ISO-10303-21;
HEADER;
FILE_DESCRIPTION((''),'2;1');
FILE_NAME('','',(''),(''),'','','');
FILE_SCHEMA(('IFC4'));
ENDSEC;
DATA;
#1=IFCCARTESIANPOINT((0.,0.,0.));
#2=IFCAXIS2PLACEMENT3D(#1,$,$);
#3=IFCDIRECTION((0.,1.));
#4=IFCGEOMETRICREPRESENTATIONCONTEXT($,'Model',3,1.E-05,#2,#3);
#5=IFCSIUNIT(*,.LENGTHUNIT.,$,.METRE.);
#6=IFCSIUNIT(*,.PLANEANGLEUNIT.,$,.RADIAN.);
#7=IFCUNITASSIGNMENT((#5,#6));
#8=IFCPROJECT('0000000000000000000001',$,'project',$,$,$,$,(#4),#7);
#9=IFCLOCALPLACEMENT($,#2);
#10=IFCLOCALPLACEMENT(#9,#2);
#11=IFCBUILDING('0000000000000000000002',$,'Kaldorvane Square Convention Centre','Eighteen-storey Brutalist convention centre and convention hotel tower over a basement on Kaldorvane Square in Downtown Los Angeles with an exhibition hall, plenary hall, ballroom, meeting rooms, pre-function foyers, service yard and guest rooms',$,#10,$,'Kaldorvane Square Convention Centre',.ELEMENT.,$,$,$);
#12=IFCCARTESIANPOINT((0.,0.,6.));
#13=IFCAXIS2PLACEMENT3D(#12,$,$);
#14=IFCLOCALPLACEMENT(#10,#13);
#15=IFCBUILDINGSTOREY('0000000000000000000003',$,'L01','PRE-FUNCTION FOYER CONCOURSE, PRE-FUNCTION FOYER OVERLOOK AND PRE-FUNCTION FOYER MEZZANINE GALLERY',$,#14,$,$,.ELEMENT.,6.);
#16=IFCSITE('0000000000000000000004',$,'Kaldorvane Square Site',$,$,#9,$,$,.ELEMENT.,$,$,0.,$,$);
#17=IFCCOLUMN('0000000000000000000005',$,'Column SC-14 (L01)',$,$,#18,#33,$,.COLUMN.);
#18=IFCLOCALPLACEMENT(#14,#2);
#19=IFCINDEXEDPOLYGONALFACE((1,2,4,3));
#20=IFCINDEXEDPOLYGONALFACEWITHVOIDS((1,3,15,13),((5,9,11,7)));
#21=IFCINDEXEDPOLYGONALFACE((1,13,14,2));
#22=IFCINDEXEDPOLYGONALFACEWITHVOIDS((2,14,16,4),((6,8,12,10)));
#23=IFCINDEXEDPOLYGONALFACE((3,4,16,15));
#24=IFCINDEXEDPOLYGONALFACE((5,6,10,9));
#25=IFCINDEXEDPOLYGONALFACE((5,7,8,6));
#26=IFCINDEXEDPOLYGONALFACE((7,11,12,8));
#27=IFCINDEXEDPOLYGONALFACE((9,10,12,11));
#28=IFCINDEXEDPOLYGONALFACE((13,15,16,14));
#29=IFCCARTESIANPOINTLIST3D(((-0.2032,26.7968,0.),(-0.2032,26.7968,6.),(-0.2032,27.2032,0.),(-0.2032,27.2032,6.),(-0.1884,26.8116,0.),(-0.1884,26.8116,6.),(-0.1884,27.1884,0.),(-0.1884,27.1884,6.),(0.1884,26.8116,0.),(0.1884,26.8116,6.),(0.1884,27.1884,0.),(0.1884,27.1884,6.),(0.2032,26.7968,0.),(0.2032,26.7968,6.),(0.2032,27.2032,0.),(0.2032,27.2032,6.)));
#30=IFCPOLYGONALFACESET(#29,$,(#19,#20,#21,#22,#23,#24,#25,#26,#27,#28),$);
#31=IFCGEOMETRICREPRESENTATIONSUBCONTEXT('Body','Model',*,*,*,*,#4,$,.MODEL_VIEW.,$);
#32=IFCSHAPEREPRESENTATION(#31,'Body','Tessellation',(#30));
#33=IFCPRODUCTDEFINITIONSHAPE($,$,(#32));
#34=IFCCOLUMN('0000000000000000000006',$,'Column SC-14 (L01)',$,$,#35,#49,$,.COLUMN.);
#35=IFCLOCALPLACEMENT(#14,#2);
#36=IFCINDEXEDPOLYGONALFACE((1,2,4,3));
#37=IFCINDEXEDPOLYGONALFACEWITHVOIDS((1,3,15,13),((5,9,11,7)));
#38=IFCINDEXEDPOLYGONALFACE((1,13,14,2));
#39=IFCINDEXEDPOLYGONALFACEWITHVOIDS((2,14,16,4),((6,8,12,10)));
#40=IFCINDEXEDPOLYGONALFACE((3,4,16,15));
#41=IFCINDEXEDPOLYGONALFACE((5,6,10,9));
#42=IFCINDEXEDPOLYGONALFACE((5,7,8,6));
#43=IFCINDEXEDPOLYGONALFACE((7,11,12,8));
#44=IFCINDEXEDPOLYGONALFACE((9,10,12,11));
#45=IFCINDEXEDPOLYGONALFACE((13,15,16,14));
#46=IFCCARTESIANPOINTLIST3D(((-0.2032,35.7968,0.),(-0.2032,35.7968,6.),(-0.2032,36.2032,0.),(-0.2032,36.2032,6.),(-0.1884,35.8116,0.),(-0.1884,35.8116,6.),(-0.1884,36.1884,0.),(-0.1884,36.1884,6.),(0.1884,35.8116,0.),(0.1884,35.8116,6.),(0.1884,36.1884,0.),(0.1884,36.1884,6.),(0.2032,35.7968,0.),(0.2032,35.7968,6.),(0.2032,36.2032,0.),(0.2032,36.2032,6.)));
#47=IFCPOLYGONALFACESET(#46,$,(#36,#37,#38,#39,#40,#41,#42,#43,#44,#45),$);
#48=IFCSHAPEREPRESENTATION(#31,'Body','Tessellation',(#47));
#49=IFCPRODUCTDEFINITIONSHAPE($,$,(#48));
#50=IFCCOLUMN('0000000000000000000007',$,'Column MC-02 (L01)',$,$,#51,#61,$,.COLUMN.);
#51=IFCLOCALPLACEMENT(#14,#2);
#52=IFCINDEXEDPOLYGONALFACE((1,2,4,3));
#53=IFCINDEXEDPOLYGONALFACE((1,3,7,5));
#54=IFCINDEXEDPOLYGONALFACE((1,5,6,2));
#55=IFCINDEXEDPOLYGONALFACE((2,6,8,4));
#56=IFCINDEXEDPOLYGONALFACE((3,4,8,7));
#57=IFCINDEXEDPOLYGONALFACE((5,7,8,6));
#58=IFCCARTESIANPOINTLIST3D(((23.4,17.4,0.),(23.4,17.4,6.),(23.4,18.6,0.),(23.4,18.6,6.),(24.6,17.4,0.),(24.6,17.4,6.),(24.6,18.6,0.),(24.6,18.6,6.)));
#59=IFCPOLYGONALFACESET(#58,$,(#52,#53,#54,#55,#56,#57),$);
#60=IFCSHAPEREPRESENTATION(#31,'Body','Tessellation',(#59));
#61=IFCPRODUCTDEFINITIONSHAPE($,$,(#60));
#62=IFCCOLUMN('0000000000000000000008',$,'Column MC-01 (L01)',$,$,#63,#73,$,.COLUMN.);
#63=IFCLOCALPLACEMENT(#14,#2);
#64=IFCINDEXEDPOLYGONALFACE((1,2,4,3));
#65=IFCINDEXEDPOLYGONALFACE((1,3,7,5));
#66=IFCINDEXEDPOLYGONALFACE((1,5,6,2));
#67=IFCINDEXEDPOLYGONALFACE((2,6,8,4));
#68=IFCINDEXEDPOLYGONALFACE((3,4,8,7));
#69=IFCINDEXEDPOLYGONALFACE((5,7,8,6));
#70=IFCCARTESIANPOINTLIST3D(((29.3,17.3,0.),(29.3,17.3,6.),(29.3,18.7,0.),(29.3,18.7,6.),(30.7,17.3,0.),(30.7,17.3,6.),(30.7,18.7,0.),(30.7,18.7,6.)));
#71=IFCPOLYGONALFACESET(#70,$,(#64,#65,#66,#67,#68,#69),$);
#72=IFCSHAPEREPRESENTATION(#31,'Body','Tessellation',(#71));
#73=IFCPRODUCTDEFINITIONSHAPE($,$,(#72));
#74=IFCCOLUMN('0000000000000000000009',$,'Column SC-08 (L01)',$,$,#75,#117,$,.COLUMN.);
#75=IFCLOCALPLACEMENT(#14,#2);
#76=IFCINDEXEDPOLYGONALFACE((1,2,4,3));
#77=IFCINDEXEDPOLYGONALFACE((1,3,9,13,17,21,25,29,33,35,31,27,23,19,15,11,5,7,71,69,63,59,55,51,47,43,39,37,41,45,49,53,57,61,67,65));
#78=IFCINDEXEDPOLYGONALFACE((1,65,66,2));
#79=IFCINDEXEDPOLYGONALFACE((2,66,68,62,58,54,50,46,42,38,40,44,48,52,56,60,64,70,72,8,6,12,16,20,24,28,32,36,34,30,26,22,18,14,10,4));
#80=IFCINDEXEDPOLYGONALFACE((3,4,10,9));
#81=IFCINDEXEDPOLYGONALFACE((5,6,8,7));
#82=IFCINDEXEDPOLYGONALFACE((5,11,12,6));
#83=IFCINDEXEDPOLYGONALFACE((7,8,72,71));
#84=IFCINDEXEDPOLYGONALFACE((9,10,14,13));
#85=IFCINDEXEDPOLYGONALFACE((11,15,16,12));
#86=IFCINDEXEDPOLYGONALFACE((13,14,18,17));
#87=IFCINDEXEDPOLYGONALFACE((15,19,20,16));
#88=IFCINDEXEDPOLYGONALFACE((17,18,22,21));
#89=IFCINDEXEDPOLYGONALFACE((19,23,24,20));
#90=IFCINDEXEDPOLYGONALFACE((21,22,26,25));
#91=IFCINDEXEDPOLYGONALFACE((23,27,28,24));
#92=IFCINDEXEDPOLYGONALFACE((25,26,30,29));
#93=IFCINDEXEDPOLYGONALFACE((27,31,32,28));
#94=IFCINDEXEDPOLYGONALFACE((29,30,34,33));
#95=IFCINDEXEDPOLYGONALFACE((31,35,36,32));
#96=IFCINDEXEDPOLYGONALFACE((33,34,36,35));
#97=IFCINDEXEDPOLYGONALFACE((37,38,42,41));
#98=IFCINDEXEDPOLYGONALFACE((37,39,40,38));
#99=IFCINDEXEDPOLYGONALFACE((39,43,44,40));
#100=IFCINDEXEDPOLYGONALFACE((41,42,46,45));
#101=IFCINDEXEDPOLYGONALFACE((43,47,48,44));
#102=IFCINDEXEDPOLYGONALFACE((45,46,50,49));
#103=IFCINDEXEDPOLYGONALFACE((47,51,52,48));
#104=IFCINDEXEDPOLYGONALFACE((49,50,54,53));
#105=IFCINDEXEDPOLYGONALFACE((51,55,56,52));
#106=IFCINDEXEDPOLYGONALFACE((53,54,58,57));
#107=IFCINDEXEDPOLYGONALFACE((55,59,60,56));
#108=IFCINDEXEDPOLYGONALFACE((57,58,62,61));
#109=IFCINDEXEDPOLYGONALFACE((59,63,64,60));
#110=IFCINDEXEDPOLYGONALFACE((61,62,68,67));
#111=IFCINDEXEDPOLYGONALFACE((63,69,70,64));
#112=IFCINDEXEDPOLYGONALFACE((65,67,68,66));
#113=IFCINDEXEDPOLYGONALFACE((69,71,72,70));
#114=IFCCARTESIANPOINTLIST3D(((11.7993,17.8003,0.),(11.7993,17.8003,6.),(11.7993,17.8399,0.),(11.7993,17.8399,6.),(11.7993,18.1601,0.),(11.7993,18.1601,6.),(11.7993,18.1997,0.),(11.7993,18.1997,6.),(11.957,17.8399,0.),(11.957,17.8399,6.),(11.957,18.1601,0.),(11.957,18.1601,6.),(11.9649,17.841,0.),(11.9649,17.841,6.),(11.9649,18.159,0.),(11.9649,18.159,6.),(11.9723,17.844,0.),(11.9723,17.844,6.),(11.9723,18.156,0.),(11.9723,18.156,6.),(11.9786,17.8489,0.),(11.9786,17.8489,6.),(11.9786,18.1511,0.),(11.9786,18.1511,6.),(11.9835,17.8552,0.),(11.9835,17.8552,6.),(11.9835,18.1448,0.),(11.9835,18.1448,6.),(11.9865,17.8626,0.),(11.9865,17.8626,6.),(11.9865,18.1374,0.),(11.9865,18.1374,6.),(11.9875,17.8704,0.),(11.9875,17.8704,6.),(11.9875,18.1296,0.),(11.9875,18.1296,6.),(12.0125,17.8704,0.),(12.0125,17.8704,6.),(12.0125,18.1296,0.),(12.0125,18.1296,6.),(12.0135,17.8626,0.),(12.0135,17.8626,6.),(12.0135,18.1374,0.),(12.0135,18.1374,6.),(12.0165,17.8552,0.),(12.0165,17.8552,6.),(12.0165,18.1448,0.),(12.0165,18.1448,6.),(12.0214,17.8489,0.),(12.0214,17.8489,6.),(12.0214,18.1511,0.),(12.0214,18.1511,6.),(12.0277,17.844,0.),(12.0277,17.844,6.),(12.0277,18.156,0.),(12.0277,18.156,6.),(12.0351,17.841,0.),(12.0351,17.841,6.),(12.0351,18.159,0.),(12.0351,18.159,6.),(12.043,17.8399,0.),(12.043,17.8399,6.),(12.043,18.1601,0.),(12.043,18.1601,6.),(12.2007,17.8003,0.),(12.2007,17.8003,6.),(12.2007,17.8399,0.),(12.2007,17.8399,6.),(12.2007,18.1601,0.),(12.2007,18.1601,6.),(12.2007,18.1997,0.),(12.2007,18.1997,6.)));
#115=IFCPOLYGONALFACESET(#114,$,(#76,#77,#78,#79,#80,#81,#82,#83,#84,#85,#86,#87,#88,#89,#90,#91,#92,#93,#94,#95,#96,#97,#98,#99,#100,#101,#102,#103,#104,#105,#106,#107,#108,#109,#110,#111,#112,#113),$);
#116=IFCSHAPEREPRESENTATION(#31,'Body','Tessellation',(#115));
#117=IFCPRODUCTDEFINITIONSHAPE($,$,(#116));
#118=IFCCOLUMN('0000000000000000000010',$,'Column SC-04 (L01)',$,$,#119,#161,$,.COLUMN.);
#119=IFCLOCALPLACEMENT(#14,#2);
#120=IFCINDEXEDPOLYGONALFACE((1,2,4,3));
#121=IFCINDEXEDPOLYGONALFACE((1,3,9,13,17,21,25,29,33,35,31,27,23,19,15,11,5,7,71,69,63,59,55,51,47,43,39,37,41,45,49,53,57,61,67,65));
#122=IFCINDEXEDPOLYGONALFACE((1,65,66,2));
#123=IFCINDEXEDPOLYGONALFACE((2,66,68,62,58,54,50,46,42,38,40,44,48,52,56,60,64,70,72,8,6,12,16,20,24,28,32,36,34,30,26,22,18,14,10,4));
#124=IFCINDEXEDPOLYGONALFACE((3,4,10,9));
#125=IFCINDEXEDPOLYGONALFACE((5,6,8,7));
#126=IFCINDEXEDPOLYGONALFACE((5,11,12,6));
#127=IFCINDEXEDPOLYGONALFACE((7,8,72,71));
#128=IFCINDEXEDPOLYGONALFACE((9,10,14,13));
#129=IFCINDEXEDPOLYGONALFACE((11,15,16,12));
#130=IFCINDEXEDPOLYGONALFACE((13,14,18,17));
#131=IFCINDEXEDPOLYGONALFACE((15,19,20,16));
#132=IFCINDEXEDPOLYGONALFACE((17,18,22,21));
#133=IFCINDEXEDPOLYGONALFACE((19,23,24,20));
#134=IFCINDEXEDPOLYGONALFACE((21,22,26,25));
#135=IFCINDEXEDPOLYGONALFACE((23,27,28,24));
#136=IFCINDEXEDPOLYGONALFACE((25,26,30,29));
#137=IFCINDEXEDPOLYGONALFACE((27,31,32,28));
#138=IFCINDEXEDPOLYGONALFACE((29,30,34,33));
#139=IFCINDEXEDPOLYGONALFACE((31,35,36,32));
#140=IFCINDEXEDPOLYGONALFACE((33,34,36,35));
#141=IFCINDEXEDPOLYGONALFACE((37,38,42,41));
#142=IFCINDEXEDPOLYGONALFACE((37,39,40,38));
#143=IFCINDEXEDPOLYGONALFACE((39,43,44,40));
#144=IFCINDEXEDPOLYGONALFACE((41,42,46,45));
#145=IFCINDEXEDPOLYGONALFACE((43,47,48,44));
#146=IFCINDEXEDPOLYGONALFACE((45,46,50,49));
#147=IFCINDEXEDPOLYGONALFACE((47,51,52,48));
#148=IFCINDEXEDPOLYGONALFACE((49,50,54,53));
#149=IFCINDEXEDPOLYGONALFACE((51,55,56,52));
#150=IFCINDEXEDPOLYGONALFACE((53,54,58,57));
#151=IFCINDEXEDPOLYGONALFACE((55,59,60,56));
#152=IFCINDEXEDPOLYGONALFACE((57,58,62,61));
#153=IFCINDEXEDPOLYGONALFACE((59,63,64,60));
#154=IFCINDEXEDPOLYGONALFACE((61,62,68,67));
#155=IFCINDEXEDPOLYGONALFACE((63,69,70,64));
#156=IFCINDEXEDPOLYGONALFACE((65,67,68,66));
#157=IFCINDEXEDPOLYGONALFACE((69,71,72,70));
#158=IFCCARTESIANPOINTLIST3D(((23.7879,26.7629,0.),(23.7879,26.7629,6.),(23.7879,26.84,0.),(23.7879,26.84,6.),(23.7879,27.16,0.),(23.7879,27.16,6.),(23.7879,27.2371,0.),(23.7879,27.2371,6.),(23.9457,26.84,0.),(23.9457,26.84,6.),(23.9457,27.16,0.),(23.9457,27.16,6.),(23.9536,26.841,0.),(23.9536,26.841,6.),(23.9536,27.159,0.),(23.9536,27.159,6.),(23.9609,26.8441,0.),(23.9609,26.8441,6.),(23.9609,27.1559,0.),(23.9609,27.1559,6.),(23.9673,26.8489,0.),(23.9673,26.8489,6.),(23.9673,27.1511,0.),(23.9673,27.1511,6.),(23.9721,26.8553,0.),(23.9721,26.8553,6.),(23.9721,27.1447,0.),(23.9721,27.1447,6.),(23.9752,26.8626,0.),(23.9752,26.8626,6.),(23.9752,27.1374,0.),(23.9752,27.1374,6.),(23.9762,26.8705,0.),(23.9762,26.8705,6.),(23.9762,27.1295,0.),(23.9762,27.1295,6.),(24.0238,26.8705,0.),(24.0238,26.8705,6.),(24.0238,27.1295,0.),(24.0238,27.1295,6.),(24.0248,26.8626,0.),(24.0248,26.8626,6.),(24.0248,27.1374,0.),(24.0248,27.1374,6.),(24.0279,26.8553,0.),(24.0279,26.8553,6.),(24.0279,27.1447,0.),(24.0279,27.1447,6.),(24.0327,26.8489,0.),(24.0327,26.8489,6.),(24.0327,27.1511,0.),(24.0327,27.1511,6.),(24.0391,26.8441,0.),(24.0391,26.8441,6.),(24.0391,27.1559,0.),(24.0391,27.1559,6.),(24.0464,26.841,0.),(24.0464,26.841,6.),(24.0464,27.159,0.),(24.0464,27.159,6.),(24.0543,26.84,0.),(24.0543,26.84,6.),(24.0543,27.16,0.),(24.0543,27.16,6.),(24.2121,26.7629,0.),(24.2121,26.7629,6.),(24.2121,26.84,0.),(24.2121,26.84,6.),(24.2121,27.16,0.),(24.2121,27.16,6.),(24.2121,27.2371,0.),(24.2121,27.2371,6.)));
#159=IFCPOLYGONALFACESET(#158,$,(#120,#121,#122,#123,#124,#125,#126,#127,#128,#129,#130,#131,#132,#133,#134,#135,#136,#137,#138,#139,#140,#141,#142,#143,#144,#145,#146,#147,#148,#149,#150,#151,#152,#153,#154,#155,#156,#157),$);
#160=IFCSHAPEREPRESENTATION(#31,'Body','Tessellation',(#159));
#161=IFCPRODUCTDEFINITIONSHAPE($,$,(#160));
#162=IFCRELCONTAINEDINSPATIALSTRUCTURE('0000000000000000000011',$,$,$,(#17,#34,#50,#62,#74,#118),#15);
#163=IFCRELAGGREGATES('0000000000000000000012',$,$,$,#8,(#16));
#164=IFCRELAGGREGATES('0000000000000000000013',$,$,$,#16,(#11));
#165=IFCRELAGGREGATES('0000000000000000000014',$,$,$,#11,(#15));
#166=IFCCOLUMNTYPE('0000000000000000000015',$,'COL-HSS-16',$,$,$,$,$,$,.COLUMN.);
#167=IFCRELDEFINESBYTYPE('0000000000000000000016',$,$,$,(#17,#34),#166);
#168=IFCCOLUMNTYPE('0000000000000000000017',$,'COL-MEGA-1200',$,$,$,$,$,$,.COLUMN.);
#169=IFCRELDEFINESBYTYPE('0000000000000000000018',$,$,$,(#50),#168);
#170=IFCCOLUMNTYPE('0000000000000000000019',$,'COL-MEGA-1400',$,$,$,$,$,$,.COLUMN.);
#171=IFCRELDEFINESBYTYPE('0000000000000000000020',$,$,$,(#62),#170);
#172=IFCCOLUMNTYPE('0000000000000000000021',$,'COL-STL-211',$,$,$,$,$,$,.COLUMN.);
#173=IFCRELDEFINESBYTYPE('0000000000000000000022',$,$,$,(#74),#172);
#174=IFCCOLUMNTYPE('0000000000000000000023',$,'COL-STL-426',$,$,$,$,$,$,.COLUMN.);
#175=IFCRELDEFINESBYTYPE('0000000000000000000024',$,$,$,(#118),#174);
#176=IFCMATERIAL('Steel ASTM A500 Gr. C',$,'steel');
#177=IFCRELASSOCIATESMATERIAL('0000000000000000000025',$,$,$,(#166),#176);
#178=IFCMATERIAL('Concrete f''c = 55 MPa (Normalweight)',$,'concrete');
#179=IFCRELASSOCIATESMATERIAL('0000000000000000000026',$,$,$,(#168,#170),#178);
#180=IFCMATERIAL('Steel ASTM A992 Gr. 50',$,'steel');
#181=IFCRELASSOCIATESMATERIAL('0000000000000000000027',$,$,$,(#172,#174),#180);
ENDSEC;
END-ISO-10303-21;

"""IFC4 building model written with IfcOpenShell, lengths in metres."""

from ifc_helpers import new_model, si_unit, direction, frame, origin, origin_2d, place, context, subcontext, project, spatial, rectangle, hollow_rectangle, i_section, extrude, material, material_profile, profile_set, type_object, element, save


model = new_model("IFC4")

# Units and contexts
model_context = context("Model", 3, precision=1e-05, world=origin(), true_north=direction((0.0, 1.0)))
body_context = subcontext(model_context, "Body", "Model", "MODEL_VIEW")
ifc_project = project(units=[si_unit("LENGTHUNIT", "METRE"), si_unit("PLANEANGLEUNIT", "RADIAN")], contexts=[model_context])

# Site, building, storey
site_placement = place(None, origin())
site = spatial("IfcSite", under=ifc_project, at=site_placement, Name="Kaldorvane Square Site", CompositionType="ELEMENT", RefElevation=0.0)
building_placement = place(site_placement, origin())
building = spatial("IfcBuilding", under=site, at=building_placement, Name="Kaldorvane Square Convention Centre", Description="Eighteen-storey Brutalist convention centre and convention hotel tower over a basement on Kaldorvane Square in Downtown Los Angeles with an exhibition hall, plenary hall, ballroom, meeting rooms, pre-function foyers, service yard and guest rooms", LongName="Kaldorvane Square Convention Centre", CompositionType="ELEMENT")
storey_placement = place(building_placement, frame((0.0, 0.0, 6.0)))
storey = spatial("IfcBuildingStorey", under=building, at=storey_placement, Name="L01", Description="PRE-FUNCTION FOYER CONCOURSE, PRE-FUNCTION FOYER OVERLOOK AND PRE-FUNCTION FOYER MEZZANINE GALLERY", CompositionType="ELEMENT", Elevation=6.0)

# Columns
ifc_material_1 = material(Name="Steel ASTM A500 Gr. C", Category="steel")
ifc_material_profile_1 = material_profile(ifc_material_1, hollow_rectangle(XDim=0.4064, YDim=0.4064, WallThickness=0.0148, at=origin_2d()), Name="HSS16X16X5/8")
ifc_profile_set_1 = profile_set([ifc_material_profile_1], Name="Steel ASTM A500 Gr. C")
column_type_1 = type_object("IfcColumnType", Name="COL-HSS-16", PredefinedType="COLUMN", material=ifc_profile_set_1)
for number, where, z_axis, x_axis, name in (
    (1, (0.0, 27.0, 0.0), (0.0, 0.0, 1.0), (1.0, 0.0, 0.0), "Column SC-14 (L01)"),
    (2, (0.0, 36.0, 0.0), (0.0, 0.0, 1.0), (1.0, 0.0, 0.0), "Column SC-14 (L01)"),
):
    element("IfcColumn", number, at=place(storey_placement, frame(where, z_axis=z_axis, x_axis=x_axis)), inside=storey, type_object=column_type_1, Name=name, PredefinedType="COLUMN", context=body_context, shape_type="SweptSolid", body=[
        extrude(hollow_rectangle(XDim=0.4064, YDim=0.4064, WallThickness=0.0148, at=origin_2d()), origin(), (0.0, 0.0, 1.0), 6.0),
    ])
ifc_material_2 = material(Name="Concrete f'c = 55 MPa (Normalweight)", Category="concrete")
ifc_material_profile_2 = material_profile(ifc_material_2, rectangle(XDim=1.2, YDim=1.2, at=origin_2d()), Name="RC1200X1200")
ifc_profile_set_2 = profile_set([ifc_material_profile_2], Name="Concrete f'c = 55 MPa (Normalweight)")
column_type_2 = type_object("IfcColumnType", Name="COL-MEGA-1200", PredefinedType="COLUMN", material=ifc_profile_set_2)
column_1_placement = place(storey_placement, frame((24.0, 18.0, 0.0), z_axis=(0.0, 0.0, 1.0), x_axis=(1.0, 0.0, 0.0)))
element("IfcColumn", 3, at=column_1_placement, inside=storey, type_object=column_type_2, Name="Column MC-02 (L01)", PredefinedType="COLUMN", context=body_context, shape_type="SweptSolid", body=[
    extrude(rectangle(XDim=1.2, YDim=1.2, at=origin_2d()), origin(), (0.0, 0.0, 1.0), 6.0),
])
ifc_material_profile_3 = material_profile(ifc_material_2, rectangle(XDim=1.4, YDim=1.4, at=origin_2d()), Name="RC1400X1400")
ifc_profile_set_3 = profile_set([ifc_material_profile_3], Name="Concrete f'c = 55 MPa (Normalweight)")
column_type_3 = type_object("IfcColumnType", Name="COL-MEGA-1400", PredefinedType="COLUMN", material=ifc_profile_set_3)
column_2_placement = place(storey_placement, frame((30.0, 18.0, 0.0), z_axis=(0.0, 0.0, 1.0), x_axis=(1.0, 0.0, 0.0)))
element("IfcColumn", 4, at=column_2_placement, inside=storey, type_object=column_type_3, Name="Column MC-01 (L01)", PredefinedType="COLUMN", context=body_context, shape_type="SweptSolid", body=[
    extrude(rectangle(XDim=1.4, YDim=1.4, at=origin_2d()), origin(), (0.0, 0.0, 1.0), 6.0),
])
ifc_material_3 = material(Name="Steel ASTM A992 Gr. 50", Category="steel")
ifc_material_profile_4 = material_profile(ifc_material_3, i_section(OverallWidth=0.4013, OverallDepth=0.3993, WebThickness=0.0249, FlangeThickness=0.0396, FilletRadius=0.0305, at=origin_2d()), Name="W14X211")
ifc_profile_set_4 = profile_set([ifc_material_profile_4], Name="Steel ASTM A992 Gr. 50")
column_type_4 = type_object("IfcColumnType", Name="COL-STL-211", PredefinedType="COLUMN", material=ifc_profile_set_4)
column_3_placement = place(storey_placement, frame((12.0, 18.0, 0.0), z_axis=(0.0, 0.0, 1.0), x_axis=(1.0, 0.0, 0.0)))
element("IfcColumn", 5, at=column_3_placement, inside=storey, type_object=column_type_4, Name="Column SC-08 (L01)", PredefinedType="COLUMN", context=body_context, shape_type="SweptSolid", body=[
    extrude(i_section(OverallWidth=0.4013, OverallDepth=0.3993, WebThickness=0.0249, FlangeThickness=0.0396, FilletRadius=0.0305, at=origin_2d()), origin(), (0.0, 0.0, 1.0), 6.0),
])
ifc_material_profile_5 = material_profile(ifc_material_3, i_section(OverallWidth=0.4241, OverallDepth=0.4742, WebThickness=0.0476, FlangeThickness=0.0771, FilletRadius=0.0305, at=origin_2d()), Name="W14X426")
ifc_profile_set_5 = profile_set([ifc_material_profile_5], Name="Steel ASTM A992 Gr. 50")
column_type_5 = type_object("IfcColumnType", Name="COL-STL-426", PredefinedType="COLUMN", material=ifc_profile_set_5)
column_4_placement = place(storey_placement, frame((24.0, 27.0, 0.0), z_axis=(0.0, 0.0, 1.0), x_axis=(1.0, 0.0, 0.0)))
element("IfcColumn", 6, at=column_4_placement, inside=storey, type_object=column_type_5, Name="Column SC-04 (L01)", PredefinedType="COLUMN", context=body_context, shape_type="SweptSolid", body=[
    extrude(i_section(OverallWidth=0.4241, OverallDepth=0.4742, WebThickness=0.0476, FlangeThickness=0.0771, FilletRadius=0.0305, at=origin_2d()), origin(), (0.0, 0.0, 1.0), 6.0),
])

save(model, "model.ifc")
